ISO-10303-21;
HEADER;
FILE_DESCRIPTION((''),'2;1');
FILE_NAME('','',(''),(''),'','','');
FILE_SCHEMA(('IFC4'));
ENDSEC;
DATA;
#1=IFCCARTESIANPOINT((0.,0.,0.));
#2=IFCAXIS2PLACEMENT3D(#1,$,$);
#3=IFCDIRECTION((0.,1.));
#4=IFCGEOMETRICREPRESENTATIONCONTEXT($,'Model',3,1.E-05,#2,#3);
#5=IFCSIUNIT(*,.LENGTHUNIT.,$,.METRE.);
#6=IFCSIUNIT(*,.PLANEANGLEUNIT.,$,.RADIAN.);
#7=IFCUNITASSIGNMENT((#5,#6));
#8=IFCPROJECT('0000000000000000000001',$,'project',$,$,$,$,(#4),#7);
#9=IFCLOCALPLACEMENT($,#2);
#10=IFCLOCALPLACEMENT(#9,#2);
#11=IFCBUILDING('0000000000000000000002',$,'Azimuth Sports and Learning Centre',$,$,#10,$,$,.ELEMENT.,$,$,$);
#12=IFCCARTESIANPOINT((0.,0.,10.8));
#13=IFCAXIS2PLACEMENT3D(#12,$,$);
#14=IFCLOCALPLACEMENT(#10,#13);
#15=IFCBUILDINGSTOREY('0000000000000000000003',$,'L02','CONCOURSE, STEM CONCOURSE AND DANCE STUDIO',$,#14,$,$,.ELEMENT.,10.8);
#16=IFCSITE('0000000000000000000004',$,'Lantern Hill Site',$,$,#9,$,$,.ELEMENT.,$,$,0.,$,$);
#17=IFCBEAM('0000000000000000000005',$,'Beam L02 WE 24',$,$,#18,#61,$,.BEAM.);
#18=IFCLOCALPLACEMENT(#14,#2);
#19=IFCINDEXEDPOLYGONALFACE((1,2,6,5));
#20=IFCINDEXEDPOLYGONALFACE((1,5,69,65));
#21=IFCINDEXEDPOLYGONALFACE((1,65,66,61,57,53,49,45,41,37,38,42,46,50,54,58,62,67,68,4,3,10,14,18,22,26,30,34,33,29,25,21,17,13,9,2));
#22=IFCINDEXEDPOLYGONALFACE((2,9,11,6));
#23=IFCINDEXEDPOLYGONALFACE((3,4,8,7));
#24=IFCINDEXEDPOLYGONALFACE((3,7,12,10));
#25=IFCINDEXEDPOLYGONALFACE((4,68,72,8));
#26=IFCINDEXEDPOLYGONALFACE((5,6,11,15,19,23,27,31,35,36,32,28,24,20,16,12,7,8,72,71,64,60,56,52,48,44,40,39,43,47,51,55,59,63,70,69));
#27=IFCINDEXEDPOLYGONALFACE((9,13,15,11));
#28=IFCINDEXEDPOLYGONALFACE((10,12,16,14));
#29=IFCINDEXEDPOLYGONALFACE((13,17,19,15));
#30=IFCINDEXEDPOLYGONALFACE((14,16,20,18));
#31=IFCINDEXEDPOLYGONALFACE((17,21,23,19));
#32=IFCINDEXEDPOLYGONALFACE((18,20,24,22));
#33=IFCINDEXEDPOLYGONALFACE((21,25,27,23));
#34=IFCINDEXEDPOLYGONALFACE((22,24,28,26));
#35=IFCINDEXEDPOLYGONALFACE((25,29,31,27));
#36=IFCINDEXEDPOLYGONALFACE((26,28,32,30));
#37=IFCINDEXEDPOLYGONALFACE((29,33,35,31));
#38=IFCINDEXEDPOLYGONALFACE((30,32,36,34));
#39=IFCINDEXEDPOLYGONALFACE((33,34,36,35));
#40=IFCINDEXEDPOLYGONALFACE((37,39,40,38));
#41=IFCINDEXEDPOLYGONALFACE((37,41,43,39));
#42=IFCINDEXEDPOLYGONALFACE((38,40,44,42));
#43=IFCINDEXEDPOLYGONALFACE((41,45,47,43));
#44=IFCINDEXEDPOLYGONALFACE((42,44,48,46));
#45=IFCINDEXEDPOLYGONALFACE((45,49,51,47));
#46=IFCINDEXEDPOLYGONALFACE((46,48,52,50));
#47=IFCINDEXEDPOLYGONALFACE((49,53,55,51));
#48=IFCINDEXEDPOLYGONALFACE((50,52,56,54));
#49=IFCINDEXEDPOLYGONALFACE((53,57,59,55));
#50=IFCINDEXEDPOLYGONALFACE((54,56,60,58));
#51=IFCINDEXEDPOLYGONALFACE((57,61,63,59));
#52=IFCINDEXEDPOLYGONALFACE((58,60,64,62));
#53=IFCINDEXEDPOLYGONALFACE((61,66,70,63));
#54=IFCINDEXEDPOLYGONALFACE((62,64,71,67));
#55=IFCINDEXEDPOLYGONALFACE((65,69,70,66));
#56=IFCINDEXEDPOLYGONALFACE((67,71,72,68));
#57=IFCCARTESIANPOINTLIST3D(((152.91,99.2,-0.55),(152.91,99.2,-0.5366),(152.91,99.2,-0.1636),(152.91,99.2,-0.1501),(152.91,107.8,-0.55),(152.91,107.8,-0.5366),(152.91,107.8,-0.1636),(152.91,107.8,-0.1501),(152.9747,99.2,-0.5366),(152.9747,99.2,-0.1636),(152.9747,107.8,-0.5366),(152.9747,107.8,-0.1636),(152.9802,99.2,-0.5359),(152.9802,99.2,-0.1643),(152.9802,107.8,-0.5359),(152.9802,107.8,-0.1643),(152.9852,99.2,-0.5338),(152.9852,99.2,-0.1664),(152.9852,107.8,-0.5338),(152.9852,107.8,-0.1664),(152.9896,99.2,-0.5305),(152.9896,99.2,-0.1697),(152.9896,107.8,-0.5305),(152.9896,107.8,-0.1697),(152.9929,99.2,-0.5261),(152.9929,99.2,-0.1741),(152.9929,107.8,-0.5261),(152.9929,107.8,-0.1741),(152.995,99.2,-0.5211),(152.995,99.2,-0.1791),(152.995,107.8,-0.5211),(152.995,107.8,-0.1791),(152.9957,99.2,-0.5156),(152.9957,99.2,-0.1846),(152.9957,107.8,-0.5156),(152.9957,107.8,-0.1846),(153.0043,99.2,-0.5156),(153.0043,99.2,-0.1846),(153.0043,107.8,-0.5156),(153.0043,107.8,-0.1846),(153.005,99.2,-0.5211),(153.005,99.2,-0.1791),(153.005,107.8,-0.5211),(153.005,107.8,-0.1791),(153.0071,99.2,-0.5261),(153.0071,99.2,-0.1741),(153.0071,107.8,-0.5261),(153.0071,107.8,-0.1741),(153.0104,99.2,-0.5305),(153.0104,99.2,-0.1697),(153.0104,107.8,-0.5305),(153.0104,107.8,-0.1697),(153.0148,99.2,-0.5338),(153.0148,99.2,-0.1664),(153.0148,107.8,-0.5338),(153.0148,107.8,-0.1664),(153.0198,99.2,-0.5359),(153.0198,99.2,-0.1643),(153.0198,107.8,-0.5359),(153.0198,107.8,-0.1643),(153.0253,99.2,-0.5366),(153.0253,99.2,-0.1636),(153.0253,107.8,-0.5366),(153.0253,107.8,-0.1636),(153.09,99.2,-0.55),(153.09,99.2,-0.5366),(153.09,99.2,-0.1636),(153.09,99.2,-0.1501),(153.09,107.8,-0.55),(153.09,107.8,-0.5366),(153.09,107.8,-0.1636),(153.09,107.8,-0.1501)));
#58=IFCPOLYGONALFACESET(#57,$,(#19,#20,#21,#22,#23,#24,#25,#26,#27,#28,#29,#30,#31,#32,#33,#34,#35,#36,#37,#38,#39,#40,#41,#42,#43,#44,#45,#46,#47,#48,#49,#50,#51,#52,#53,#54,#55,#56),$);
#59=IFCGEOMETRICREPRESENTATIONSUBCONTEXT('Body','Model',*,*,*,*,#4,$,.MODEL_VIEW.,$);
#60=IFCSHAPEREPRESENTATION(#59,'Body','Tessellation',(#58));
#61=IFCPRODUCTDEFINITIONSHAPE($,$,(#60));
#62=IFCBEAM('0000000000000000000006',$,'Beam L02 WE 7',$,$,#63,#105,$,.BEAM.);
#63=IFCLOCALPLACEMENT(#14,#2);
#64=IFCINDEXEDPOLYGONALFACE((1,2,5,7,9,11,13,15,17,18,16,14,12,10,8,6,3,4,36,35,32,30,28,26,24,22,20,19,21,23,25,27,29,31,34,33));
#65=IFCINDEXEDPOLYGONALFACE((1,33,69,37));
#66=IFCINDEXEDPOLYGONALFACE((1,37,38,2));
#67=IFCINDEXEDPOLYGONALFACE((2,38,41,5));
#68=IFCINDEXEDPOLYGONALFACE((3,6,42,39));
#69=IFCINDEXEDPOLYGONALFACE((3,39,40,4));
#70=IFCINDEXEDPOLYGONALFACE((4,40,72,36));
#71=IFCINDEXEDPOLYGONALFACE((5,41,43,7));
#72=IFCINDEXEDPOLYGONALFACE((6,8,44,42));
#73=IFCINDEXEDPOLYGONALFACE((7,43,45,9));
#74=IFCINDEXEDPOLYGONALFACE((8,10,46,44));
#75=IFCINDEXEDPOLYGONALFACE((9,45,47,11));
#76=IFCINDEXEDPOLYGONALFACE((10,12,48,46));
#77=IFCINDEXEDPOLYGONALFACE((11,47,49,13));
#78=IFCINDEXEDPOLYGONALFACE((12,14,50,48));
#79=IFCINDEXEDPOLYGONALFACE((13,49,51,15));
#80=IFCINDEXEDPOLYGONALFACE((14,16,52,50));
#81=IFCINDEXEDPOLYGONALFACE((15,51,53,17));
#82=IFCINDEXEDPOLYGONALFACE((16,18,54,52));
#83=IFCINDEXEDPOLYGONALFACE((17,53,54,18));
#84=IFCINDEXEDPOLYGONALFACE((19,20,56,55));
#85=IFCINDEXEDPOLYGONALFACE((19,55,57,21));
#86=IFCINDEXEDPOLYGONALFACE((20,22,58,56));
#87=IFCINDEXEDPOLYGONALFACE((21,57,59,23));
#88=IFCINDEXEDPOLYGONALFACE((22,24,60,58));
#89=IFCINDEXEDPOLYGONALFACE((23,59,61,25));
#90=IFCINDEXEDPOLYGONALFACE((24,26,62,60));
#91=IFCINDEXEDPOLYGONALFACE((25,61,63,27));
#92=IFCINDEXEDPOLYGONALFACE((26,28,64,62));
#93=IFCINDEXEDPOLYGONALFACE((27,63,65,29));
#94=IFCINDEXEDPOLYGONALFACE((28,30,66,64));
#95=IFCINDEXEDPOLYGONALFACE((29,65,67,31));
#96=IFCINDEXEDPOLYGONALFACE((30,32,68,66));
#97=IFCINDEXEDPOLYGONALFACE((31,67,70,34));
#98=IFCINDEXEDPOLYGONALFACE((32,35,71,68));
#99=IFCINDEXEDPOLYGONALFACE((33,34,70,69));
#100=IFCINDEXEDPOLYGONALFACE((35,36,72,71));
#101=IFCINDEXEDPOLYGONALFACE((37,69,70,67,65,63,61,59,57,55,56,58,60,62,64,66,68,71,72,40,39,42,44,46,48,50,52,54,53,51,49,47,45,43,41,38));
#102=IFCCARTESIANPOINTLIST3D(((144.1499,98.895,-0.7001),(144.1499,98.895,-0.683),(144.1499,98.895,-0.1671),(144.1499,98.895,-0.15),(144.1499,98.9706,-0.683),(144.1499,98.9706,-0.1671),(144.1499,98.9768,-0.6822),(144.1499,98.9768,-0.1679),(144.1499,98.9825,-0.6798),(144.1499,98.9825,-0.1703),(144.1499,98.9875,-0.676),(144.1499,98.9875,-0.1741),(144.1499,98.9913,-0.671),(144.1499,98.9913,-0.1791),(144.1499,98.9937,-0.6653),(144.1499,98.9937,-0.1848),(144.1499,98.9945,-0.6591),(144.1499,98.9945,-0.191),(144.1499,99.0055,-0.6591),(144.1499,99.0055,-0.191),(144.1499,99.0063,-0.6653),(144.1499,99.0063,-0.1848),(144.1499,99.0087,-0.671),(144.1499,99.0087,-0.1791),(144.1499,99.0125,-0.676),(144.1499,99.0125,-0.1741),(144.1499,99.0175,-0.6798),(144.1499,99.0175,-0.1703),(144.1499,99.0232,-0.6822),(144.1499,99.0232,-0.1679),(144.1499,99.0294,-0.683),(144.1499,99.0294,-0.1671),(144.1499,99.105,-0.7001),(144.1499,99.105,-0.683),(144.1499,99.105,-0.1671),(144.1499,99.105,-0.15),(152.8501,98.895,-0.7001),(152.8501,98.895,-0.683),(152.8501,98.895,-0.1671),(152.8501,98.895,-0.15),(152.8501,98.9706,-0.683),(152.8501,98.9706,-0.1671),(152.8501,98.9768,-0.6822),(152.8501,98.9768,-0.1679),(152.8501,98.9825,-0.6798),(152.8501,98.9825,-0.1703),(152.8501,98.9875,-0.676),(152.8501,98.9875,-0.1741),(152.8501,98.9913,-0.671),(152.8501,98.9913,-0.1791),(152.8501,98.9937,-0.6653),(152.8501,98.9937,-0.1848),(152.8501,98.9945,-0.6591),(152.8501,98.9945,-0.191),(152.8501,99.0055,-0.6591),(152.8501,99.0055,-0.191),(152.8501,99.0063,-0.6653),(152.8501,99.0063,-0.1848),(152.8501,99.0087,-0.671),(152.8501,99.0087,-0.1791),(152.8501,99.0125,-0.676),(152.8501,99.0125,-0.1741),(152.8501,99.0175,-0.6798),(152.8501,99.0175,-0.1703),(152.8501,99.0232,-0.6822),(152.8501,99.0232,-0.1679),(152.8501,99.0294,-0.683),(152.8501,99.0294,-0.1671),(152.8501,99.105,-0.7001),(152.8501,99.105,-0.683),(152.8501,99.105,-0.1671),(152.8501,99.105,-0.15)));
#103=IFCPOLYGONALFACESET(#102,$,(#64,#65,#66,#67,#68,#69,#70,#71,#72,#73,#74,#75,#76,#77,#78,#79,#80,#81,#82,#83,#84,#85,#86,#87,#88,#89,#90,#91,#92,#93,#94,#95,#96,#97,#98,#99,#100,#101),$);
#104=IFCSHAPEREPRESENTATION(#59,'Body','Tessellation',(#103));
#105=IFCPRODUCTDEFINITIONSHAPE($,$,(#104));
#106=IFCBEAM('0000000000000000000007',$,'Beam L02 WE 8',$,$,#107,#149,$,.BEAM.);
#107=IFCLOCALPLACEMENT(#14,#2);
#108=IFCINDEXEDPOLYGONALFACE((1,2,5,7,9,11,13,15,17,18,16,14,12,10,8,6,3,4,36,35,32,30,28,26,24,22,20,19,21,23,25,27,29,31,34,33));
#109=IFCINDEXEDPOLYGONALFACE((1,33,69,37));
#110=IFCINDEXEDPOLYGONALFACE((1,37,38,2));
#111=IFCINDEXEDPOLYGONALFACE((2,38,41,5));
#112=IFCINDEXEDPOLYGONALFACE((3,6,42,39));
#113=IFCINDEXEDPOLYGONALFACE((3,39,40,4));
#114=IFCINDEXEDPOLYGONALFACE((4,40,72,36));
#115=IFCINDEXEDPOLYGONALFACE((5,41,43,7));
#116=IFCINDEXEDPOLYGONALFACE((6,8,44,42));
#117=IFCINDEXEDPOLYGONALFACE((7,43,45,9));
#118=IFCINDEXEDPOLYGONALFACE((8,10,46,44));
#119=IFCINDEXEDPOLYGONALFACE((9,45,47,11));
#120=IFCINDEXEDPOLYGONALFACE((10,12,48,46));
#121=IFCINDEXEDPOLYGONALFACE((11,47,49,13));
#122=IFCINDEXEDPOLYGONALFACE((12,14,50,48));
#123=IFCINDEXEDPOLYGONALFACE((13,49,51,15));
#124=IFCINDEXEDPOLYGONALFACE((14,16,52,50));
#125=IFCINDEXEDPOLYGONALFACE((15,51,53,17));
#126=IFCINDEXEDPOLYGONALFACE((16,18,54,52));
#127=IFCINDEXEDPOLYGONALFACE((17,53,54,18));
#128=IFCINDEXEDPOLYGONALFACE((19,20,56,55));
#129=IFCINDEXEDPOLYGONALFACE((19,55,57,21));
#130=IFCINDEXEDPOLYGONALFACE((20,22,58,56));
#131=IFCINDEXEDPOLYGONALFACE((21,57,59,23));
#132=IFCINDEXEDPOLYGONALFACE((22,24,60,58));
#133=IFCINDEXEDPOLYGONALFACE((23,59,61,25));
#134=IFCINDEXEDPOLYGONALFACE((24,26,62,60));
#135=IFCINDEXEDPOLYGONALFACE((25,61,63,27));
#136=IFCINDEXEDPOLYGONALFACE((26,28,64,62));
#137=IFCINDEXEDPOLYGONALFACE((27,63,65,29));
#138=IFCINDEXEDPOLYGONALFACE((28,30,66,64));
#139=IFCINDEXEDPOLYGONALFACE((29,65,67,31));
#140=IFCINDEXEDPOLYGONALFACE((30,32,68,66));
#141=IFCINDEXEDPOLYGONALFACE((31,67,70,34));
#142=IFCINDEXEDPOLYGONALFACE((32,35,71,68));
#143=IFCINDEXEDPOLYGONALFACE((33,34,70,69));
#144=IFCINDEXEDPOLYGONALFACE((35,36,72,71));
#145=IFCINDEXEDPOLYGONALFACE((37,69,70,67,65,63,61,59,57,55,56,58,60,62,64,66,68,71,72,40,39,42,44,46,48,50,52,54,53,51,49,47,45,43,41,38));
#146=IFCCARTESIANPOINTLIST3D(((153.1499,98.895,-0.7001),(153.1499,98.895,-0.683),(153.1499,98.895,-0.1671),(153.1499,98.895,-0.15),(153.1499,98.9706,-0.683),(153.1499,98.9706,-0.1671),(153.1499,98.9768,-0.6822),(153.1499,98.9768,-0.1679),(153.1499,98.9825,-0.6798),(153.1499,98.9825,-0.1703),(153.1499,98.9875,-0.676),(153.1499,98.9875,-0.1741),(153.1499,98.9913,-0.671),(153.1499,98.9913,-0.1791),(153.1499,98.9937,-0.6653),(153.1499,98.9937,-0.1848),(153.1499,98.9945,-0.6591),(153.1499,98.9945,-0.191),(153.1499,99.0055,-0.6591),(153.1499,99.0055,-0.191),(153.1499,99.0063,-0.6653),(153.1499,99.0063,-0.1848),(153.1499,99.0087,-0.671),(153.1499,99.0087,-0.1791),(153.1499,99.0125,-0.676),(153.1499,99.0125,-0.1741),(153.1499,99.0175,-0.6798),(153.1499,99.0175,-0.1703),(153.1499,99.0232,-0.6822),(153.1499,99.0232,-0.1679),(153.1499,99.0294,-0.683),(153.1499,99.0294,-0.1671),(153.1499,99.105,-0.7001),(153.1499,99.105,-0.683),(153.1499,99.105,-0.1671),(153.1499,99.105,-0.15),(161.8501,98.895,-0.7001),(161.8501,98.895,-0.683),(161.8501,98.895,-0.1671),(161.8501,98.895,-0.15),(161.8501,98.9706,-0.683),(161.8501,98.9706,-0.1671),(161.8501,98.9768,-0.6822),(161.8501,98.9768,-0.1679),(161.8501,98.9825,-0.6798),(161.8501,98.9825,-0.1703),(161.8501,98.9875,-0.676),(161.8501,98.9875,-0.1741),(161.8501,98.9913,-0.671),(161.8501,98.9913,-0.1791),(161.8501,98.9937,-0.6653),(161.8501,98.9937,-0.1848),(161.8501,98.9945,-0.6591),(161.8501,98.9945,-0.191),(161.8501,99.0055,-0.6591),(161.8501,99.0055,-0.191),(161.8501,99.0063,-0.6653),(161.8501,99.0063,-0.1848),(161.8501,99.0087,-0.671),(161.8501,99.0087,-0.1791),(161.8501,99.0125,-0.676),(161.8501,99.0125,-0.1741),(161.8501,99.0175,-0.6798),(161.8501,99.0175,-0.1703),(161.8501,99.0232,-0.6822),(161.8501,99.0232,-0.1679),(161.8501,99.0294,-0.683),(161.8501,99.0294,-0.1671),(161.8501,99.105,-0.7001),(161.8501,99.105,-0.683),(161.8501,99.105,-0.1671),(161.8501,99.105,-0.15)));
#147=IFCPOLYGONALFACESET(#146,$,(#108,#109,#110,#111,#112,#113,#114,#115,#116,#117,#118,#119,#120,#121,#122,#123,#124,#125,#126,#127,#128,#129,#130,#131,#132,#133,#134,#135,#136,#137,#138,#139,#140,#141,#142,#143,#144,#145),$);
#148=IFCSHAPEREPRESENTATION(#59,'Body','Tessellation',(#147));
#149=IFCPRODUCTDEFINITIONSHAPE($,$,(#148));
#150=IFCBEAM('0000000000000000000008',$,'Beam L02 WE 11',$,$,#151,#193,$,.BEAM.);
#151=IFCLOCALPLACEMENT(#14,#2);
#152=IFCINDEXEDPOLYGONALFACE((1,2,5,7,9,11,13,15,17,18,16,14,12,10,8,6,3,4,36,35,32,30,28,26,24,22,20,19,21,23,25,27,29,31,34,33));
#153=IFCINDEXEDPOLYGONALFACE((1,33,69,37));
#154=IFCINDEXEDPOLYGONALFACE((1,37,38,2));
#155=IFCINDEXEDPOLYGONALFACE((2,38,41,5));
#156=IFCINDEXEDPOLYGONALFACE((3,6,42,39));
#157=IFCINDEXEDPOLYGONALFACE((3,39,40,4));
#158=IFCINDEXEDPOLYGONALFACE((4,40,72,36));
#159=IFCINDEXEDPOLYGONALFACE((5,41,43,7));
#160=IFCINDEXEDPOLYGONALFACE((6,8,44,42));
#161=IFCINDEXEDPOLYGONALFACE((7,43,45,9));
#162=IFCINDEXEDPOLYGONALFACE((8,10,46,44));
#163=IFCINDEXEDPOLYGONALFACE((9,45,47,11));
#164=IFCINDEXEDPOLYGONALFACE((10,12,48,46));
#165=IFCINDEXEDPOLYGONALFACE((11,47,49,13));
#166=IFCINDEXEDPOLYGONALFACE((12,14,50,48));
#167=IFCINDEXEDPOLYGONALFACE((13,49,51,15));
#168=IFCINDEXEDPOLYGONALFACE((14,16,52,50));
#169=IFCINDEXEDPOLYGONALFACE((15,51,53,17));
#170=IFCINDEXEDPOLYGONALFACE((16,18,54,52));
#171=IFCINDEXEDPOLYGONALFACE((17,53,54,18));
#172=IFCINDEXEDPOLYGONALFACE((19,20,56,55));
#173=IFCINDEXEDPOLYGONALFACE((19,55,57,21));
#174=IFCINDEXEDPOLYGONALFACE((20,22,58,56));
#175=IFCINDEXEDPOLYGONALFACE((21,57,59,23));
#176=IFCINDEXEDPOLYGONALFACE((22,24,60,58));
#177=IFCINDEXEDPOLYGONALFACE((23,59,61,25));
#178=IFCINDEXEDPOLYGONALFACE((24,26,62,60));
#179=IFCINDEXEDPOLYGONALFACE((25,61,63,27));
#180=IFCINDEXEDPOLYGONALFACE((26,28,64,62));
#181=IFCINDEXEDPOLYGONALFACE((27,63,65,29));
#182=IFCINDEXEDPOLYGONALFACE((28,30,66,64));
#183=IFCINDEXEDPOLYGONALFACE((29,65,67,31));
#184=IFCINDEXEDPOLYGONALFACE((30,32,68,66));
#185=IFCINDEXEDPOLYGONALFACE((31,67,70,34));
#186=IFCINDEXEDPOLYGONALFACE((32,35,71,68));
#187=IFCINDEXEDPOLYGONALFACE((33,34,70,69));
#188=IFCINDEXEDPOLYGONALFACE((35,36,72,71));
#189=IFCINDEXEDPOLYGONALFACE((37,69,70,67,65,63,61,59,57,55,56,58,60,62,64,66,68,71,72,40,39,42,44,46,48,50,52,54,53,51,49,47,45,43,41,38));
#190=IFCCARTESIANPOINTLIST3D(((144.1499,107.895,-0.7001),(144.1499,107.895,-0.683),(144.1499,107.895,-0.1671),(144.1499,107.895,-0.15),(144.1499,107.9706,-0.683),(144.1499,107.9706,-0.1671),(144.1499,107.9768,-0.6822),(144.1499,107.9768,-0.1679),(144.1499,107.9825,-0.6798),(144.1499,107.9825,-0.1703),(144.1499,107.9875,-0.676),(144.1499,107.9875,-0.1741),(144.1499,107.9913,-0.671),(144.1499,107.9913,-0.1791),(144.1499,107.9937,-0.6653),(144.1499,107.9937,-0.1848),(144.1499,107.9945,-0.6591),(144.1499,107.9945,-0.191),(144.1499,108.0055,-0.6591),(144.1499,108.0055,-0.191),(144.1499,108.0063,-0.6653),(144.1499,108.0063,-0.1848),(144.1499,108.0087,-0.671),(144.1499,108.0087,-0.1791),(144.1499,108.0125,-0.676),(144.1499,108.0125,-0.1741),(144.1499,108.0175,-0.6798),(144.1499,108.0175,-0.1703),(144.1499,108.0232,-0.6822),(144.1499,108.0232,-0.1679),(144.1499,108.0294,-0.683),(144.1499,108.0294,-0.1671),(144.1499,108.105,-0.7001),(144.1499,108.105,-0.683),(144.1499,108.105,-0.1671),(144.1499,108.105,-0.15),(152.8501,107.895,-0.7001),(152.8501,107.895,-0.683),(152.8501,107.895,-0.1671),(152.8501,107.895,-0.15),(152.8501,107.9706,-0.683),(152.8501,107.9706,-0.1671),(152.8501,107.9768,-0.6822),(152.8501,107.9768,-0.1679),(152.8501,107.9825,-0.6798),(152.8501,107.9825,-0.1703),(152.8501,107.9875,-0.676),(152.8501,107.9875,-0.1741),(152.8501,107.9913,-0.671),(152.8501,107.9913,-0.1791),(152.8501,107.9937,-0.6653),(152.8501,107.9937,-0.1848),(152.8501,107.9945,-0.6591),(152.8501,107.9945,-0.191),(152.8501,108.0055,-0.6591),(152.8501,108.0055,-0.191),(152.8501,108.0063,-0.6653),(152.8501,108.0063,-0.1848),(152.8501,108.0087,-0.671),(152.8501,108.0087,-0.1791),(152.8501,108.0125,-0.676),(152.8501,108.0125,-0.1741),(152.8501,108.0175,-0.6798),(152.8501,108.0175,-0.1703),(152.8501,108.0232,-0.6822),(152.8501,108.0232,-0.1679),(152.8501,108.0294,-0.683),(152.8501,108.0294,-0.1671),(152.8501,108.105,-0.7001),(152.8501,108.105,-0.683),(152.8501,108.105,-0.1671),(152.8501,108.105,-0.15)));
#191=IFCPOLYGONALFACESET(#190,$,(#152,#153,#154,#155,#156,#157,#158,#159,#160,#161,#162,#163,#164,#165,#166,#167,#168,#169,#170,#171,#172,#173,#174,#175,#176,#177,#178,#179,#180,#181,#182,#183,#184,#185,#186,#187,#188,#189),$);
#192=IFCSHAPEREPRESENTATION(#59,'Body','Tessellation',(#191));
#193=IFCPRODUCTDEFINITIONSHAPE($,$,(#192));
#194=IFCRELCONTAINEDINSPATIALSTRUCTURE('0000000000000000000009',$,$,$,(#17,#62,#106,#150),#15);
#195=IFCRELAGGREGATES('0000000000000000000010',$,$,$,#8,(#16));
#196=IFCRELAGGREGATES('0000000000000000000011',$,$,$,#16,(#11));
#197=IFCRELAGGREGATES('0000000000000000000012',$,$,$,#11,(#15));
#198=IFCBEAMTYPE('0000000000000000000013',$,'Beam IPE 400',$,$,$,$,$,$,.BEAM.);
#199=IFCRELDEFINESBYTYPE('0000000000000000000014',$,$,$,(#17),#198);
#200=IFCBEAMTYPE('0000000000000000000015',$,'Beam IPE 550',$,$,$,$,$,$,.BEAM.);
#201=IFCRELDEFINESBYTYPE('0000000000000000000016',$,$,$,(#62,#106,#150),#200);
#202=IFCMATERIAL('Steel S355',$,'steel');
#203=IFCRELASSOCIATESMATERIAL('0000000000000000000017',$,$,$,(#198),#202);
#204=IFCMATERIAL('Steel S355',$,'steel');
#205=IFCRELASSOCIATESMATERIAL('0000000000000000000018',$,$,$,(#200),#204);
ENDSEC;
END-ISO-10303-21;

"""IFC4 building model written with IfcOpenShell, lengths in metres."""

from ifc_helpers import new_model, si_unit, direction, frame, origin, origin_2d, place, context, subcontext, project, spatial, i_section, extrude, material, material_profile, profile_set, type_object, element, save


model = new_model("IFC4")

# Units and contexts
model_context = context("Model", 3, precision=1e-05, world=origin(), true_north=direction((0.0, 1.0)))
body_context = subcontext(model_context, "Body", "Model", "MODEL_VIEW")
ifc_project = project(units=[si_unit("LENGTHUNIT", "METRE"), si_unit("PLANEANGLEUNIT", "RADIAN")], contexts=[model_context])

# Site, building, storey
site_placement = place(None, origin())
site = spatial("IfcSite", under=ifc_project, at=site_placement, Name="Lantern Hill Site", CompositionType="ELEMENT", RefElevation=0.0)
building_placement = place(site_placement, origin())
building = spatial("IfcBuilding", under=site, at=building_placement, Name="Azimuth Sports and Learning Centre", CompositionType="ELEMENT")
storey_placement = place(building_placement, frame((0.0, 0.0, 10.8)))
storey = spatial("IfcBuildingStorey", under=building, at=storey_placement, Name="L02", Description="CONCOURSE, STEM CONCOURSE AND DANCE STUDIO", CompositionType="ELEMENT", Elevation=10.8)

# Beams
ifc_material_1 = material(Name="Steel S355", Category="steel")
ifc_material_profile_1 = material_profile(ifc_material_1, i_section(OverallWidth=0.1799, OverallDepth=0.3999, WebThickness=0.0085, FlangeThickness=0.0134, FilletRadius=0.021, at=origin_2d()), Name="IPE 400")
ifc_profile_set_1 = profile_set([ifc_material_profile_1], Name="Steel S355")
beam_type_1 = type_object("IfcBeamType", Name="Beam IPE 400", PredefinedType="BEAM", material=ifc_profile_set_1)
for number, where, z_axis, x_axis, name in (
    (1, (153.0, 99.2, -0.3501), (0.0, 1.0, 0.0), (-1.0, 0.0, 0.0), "Beam L02 WE 24"),
):
    element("IfcBeam", number, at=place(storey_placement, frame(where, z_axis=z_axis, x_axis=x_axis)), inside=storey, type_object=beam_type_1, Name=name, PredefinedType="BEAM", context=body_context, shape_type="SweptSolid", body=[
        extrude(i_section(OverallWidth=0.1799, OverallDepth=0.3999, WebThickness=0.0085, FlangeThickness=0.0134, FilletRadius=0.021, at=origin_2d()), origin(), (0.0, 0.0, 1.0), 8.6001),
    ])
ifc_material_2 = material(Name="Steel S355", Category="steel")
ifc_material_profile_2 = material_profile(ifc_material_2, i_section(OverallWidth=0.21, OverallDepth=0.55, WebThickness=0.011, FlangeThickness=0.0171, FilletRadius=0.0239, at=origin_2d()), Name="IPE 550")
ifc_profile_set_2 = profile_set([ifc_material_profile_2], Name="Steel S355")
beam_type_2 = type_object("IfcBeamType", Name="Beam IPE 550", PredefinedType="BEAM", material=ifc_profile_set_2)
for number, where, z_axis, x_axis, name in (
    (2, (144.1499, 99.0, -0.425), (1.0, 0.0, 0.0), (0.0, 1.0, 0.0), "Beam L02 WE 7"),
    (3, (153.1499, 99.0, -0.425), (1.0, 0.0, 0.0), (0.0, 1.0, 0.0), "Beam L02 WE 8"),
    (4, (144.1499, 108.0, -0.425), (1.0, 0.0, 0.0), (0.0, 1.0, 0.0), "Beam L02 WE 11"),
):
    element("IfcBeam", number, at=place(storey_placement, frame(where, z_axis=z_axis, x_axis=x_axis)), inside=storey, type_object=beam_type_2, Name=name, PredefinedType="BEAM", context=body_context, shape_type="SweptSolid", body=[
        extrude(i_section(OverallWidth=0.21, OverallDepth=0.55, WebThickness=0.011, FlangeThickness=0.0171, FilletRadius=0.0239, at=origin_2d()), origin(), (0.0, 0.0, 1.0), 8.7002),
    ])

save(model, "model.ifc")
